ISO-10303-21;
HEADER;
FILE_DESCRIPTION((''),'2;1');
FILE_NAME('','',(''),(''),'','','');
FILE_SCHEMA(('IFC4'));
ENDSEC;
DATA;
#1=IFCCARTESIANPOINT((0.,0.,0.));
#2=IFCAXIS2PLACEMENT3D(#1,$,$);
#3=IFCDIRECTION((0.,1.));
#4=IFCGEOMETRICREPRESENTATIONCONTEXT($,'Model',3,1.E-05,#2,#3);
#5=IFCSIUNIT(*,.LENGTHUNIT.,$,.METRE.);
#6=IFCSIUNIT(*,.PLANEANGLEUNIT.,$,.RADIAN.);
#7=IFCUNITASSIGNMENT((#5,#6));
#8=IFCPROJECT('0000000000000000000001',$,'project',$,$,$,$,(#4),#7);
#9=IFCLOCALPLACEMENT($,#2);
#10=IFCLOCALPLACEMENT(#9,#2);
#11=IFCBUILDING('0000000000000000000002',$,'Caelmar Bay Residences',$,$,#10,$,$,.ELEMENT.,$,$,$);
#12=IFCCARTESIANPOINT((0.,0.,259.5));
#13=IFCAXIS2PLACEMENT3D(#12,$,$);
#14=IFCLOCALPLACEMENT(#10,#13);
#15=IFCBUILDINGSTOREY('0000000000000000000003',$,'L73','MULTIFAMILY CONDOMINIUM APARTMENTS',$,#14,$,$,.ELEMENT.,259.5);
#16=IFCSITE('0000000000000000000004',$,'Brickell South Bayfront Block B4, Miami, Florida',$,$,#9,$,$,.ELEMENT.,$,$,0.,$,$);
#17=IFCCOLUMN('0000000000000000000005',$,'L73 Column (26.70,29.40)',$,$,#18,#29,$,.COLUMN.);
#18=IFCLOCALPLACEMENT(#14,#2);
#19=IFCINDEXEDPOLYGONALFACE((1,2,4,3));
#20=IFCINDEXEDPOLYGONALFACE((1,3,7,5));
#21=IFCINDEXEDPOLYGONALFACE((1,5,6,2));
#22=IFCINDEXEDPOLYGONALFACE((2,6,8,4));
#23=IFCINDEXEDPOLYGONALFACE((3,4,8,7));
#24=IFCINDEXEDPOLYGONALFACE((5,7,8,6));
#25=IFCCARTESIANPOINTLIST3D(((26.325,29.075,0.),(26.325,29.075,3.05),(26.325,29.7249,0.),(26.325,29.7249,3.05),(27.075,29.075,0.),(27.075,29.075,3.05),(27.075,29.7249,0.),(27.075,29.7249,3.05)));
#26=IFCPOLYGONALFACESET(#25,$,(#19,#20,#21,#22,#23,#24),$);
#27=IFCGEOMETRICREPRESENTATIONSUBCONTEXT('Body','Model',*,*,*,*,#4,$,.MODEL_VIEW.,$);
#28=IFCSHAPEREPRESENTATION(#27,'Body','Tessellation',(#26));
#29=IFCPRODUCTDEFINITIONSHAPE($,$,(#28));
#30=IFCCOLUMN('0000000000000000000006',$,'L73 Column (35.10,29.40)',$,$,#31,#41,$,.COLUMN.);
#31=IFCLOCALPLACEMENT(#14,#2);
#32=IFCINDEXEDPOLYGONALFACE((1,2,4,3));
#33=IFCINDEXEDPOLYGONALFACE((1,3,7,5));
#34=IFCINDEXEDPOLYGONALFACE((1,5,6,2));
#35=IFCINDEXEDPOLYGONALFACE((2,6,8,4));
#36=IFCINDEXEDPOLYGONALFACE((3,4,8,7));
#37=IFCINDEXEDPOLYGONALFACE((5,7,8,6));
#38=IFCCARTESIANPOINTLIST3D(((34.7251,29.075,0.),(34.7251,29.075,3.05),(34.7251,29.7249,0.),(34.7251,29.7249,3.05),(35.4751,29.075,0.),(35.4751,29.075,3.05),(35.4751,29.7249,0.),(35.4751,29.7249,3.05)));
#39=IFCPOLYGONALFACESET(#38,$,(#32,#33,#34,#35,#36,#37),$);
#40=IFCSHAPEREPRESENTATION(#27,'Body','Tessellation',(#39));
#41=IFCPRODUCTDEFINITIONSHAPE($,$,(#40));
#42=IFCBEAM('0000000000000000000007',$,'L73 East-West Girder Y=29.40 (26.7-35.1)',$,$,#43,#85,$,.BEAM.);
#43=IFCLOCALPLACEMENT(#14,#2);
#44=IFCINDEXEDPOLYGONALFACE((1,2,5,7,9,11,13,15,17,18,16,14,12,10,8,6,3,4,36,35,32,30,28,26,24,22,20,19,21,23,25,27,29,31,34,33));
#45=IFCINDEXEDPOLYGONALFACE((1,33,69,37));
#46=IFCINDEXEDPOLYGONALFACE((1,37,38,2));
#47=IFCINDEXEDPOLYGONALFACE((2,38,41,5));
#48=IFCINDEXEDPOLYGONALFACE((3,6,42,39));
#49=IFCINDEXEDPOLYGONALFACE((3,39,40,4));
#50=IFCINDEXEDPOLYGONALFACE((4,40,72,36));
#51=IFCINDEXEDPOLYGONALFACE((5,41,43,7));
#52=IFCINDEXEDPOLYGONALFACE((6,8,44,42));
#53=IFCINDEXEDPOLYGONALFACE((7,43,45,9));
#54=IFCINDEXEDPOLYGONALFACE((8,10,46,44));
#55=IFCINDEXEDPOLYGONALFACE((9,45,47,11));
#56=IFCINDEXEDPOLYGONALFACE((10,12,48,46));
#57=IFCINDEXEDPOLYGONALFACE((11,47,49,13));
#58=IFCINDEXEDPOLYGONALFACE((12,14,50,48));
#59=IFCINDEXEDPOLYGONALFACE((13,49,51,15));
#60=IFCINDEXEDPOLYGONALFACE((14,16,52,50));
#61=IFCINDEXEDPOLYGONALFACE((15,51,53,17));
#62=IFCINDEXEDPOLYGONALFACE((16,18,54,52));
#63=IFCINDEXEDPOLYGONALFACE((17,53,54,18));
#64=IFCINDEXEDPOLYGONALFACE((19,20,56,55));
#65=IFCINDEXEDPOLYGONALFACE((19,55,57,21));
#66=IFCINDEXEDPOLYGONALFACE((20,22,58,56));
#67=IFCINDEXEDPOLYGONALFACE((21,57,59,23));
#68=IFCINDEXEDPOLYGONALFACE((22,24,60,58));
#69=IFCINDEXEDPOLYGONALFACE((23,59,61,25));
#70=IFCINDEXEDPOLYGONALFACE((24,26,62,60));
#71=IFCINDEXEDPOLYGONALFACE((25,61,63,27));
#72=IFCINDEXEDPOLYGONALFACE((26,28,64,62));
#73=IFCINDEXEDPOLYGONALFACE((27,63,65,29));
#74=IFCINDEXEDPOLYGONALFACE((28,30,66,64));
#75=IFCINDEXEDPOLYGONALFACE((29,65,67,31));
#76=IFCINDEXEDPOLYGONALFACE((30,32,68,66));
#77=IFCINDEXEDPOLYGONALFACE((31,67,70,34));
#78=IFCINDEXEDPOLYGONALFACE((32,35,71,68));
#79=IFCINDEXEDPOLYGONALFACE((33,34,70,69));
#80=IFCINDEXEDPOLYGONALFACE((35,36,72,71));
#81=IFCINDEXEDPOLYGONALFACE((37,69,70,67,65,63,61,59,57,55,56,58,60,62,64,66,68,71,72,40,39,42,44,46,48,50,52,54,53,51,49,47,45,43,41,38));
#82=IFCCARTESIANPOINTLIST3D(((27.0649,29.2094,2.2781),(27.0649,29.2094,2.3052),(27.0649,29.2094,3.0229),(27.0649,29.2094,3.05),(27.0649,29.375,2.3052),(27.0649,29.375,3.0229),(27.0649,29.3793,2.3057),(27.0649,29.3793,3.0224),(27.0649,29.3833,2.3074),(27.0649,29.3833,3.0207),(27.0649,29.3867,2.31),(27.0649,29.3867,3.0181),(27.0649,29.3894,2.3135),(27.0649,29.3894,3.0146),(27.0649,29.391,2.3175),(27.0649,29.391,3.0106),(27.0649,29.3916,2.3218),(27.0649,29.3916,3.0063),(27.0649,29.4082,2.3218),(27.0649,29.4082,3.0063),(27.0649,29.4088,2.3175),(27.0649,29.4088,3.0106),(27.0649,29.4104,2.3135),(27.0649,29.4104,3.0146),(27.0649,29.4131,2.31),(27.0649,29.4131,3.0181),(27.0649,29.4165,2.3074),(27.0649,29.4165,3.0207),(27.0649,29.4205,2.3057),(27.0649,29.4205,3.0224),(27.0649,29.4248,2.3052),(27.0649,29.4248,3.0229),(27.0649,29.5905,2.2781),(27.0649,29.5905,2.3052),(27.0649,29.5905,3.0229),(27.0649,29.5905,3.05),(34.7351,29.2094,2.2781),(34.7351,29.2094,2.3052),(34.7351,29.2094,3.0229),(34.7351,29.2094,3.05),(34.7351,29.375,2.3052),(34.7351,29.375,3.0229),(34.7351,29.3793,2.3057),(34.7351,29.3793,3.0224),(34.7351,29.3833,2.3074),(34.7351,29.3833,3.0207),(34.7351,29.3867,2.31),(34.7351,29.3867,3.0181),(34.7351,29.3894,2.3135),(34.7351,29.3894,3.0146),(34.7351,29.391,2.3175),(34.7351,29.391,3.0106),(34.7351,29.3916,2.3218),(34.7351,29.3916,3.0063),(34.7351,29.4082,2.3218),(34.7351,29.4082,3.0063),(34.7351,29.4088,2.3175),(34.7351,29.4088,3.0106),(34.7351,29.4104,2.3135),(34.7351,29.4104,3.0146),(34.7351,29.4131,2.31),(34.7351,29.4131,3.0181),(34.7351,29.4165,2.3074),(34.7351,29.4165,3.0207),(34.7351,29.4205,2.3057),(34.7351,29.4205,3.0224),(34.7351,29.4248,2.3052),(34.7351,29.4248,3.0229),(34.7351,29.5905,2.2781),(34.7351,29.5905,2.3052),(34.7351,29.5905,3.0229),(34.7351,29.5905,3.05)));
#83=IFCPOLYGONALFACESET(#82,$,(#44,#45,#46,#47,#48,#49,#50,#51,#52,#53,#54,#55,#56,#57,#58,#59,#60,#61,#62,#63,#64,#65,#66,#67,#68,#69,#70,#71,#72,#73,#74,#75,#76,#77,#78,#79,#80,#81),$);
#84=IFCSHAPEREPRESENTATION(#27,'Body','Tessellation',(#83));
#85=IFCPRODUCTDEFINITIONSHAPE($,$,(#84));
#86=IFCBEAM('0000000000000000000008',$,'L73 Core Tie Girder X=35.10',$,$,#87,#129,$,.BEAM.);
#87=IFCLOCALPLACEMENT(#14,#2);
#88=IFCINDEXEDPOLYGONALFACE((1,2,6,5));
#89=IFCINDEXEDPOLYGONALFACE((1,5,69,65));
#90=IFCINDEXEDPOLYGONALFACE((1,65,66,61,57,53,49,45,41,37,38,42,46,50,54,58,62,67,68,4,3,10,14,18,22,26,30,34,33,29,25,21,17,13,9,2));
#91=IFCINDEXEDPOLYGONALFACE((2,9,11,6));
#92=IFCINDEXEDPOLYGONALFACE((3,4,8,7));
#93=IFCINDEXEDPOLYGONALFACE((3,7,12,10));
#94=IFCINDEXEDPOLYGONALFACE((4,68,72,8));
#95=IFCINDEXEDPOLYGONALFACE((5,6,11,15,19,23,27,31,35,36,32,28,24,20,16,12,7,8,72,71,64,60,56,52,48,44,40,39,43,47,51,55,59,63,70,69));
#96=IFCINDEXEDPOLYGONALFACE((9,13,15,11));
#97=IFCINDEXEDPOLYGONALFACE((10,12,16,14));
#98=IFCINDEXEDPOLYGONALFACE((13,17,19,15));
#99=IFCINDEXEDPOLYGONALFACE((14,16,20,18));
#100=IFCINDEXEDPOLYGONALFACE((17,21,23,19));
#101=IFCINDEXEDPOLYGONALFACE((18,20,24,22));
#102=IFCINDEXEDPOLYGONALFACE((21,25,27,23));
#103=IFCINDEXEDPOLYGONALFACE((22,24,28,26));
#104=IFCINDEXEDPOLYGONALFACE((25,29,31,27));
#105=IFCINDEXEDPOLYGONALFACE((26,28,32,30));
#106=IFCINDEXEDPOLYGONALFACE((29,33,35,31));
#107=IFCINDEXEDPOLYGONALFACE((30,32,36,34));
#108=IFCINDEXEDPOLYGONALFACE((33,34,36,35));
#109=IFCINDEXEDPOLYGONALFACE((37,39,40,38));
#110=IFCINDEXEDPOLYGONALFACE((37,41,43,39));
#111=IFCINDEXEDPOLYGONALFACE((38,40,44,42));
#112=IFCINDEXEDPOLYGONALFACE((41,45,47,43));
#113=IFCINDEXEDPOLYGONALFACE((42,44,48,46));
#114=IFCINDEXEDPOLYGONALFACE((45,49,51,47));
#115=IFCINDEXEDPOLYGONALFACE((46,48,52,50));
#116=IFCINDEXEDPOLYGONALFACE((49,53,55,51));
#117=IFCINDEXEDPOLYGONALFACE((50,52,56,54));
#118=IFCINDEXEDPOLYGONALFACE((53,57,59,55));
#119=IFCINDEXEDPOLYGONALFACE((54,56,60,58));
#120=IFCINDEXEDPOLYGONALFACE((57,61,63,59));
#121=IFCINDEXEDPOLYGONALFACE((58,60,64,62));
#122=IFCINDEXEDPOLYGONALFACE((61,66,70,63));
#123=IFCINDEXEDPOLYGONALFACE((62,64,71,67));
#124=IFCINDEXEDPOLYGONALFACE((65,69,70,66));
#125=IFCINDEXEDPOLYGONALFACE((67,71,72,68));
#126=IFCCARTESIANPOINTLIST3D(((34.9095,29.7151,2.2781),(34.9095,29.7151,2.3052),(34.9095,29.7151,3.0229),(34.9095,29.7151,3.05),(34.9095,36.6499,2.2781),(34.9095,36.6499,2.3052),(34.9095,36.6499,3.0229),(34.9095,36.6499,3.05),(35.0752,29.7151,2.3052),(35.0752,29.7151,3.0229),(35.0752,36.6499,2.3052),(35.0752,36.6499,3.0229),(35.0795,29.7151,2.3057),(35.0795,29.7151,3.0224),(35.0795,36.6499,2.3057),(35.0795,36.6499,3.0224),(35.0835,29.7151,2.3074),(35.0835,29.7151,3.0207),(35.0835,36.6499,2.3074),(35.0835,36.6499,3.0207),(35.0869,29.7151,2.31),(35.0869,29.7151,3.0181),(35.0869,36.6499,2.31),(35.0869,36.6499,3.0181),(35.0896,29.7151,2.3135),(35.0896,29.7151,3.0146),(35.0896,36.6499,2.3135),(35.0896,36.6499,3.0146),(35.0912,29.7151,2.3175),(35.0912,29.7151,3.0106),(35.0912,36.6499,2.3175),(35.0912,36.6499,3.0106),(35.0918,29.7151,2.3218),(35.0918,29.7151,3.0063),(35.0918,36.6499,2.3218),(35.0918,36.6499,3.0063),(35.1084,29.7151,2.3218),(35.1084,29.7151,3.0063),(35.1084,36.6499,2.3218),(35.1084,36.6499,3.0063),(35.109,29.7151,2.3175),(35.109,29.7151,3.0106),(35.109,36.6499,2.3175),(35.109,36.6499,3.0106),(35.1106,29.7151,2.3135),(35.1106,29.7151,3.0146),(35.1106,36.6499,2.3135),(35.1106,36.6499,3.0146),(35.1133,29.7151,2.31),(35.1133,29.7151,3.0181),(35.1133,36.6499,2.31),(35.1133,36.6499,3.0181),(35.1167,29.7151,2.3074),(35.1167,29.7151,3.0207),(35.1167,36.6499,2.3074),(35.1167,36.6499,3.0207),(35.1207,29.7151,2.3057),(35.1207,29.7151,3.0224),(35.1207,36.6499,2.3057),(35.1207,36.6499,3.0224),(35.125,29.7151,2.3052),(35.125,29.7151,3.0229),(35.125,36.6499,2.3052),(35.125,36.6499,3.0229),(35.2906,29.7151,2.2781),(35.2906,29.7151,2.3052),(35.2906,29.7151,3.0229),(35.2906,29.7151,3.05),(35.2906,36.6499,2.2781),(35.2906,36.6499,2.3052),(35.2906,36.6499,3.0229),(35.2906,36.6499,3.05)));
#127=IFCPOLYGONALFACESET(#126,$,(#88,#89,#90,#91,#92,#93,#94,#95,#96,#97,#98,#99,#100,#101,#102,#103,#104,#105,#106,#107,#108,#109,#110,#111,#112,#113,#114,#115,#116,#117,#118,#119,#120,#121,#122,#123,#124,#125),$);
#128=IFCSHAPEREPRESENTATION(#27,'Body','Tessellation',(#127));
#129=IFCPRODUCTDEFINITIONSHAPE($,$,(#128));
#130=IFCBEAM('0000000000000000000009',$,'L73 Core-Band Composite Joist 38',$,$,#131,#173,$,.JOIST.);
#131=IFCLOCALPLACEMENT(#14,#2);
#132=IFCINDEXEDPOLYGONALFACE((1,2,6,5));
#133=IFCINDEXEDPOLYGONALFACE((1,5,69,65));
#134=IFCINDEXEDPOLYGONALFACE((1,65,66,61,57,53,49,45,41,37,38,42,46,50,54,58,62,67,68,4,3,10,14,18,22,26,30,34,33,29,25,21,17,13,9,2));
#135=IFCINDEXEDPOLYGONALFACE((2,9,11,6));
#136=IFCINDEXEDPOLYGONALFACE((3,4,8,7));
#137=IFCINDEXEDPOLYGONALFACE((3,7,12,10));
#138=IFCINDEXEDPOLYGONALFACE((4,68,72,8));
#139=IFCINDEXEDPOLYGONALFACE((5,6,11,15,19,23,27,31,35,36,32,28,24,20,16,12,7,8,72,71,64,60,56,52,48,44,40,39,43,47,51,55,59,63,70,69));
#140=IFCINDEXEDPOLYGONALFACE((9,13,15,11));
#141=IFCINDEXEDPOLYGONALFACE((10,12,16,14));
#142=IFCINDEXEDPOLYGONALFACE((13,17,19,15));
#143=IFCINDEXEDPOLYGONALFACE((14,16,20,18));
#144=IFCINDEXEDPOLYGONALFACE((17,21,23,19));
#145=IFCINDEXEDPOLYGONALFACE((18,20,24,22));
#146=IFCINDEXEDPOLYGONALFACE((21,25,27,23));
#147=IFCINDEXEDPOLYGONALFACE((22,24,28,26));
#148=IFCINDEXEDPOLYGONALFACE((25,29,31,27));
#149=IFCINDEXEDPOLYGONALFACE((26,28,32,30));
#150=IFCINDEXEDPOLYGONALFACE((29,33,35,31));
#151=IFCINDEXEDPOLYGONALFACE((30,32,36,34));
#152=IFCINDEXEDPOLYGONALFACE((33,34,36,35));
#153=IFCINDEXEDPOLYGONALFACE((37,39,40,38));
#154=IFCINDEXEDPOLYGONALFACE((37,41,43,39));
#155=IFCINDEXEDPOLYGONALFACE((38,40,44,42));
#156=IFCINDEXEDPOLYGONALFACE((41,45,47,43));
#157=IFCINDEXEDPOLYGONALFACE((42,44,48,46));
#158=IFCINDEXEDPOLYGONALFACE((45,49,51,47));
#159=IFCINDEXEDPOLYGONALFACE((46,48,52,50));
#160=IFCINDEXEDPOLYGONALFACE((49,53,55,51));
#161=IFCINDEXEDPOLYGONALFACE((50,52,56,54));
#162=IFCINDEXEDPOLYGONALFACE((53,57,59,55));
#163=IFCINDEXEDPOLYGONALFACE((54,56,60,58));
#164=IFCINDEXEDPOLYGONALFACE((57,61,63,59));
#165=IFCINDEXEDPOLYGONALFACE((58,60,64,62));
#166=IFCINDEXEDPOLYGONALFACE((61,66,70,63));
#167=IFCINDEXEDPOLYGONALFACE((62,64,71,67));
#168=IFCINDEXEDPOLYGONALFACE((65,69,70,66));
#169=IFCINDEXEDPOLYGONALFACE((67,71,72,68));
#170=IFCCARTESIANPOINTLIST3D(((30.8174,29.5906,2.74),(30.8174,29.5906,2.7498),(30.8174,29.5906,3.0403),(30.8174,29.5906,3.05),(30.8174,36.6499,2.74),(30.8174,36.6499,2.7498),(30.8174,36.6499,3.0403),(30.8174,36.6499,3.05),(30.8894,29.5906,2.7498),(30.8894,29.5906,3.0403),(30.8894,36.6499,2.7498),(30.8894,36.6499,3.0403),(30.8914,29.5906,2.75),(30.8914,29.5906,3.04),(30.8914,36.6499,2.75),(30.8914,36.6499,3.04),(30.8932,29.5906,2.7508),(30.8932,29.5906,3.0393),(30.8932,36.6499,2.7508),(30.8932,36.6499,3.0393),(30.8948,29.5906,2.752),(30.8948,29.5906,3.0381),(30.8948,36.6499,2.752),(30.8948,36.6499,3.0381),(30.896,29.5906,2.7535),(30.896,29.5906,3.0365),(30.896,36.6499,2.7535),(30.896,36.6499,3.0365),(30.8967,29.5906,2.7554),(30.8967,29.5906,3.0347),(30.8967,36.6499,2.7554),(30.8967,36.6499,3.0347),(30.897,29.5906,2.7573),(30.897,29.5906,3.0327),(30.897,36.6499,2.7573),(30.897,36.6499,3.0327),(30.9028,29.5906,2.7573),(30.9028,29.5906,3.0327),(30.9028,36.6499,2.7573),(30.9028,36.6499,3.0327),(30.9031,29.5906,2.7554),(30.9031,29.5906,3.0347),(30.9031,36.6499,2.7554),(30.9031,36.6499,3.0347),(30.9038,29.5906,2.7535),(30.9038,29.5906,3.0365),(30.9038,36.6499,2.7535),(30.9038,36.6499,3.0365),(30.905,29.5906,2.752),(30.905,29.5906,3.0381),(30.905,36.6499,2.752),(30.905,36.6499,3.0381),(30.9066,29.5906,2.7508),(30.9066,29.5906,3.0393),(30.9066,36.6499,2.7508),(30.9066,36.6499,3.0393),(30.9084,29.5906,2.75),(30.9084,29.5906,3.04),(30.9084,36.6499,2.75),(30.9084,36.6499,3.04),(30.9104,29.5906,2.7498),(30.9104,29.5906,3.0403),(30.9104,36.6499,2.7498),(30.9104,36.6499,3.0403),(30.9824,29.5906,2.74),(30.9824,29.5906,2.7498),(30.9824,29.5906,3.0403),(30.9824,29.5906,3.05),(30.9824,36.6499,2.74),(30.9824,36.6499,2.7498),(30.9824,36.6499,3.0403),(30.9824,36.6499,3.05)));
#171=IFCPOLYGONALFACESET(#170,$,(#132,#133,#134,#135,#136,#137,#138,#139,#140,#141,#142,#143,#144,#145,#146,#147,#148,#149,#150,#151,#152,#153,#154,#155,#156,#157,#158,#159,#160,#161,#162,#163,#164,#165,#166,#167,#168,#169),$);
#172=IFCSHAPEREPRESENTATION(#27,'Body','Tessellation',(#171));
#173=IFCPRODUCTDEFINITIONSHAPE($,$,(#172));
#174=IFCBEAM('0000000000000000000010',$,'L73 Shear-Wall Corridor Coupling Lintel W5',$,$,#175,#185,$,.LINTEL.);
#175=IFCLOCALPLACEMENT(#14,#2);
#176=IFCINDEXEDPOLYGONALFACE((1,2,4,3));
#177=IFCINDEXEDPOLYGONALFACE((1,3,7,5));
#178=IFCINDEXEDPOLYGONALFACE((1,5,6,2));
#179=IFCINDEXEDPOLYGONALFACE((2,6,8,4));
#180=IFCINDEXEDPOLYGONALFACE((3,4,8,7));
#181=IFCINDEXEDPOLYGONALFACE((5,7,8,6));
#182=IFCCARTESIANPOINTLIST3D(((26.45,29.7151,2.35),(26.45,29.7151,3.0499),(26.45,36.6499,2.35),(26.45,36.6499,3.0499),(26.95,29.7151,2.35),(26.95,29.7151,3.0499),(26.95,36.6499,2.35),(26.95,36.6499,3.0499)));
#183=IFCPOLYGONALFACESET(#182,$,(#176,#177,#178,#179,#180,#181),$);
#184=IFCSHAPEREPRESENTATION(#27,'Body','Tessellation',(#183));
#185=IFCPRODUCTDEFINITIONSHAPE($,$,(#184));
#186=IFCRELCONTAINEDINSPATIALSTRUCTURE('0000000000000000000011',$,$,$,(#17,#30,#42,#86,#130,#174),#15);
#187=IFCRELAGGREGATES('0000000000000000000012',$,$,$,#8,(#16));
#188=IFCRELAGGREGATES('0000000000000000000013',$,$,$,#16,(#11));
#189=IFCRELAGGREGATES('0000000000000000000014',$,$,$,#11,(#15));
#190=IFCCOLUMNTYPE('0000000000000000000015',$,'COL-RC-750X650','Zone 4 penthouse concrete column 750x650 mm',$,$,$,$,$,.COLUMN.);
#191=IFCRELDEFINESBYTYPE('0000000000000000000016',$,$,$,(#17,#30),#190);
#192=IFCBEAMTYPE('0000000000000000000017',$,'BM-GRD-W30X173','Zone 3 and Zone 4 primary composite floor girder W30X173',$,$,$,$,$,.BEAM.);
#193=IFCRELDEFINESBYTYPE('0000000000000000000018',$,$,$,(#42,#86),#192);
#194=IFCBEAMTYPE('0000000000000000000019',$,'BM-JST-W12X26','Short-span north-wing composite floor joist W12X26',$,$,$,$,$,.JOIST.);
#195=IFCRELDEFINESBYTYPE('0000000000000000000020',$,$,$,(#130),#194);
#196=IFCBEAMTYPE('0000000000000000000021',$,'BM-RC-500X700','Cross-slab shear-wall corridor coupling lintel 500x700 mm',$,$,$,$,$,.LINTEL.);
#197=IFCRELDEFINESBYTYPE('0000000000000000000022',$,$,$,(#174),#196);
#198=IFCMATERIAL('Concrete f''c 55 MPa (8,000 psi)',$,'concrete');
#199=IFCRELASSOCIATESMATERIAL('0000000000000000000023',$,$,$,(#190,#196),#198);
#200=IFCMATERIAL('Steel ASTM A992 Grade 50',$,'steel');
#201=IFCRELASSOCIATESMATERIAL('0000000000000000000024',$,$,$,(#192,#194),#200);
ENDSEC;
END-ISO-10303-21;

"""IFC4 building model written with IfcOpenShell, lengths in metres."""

from ifc_helpers import new_model, si_unit, direction, frame, origin, origin_2d, place, context, subcontext, project, spatial, rectangle, i_section, extrude, material, material_profile, profile_set, type_object, element, save


model = new_model("IFC4")

# Units and contexts
model_context = context("Model", 3, precision=1e-05, world=origin(), true_north=direction((0.0, 1.0)))
body_context = subcontext(model_context, "Body", "Model", "MODEL_VIEW")
ifc_project = project(units=[si_unit("LENGTHUNIT", "METRE"), si_unit("PLANEANGLEUNIT", "RADIAN")], contexts=[model_context])

# Site, building, storey
site_placement = place(None, origin())
site = spatial("IfcSite", under=ifc_project, at=site_placement, Name="Brickell South Bayfront Block B4, Miami, Florida", CompositionType="ELEMENT", RefElevation=0.0)
building_placement = place(site_placement, origin())
building = spatial("IfcBuilding", under=site, at=building_placement, Name="Caelmar Bay Residences", CompositionType="ELEMENT")
storey_placement = place(building_placement, frame((0.0, 0.0, 259.5)))
storey = spatial("IfcBuildingStorey", under=building, at=storey_placement, Name="L73", Description="MULTIFAMILY CONDOMINIUM APARTMENTS", CompositionType="ELEMENT", Elevation=259.5)

# Columns
ifc_material_1 = material(Name="Concrete f'c 55 MPa (8,000 psi)", Category="concrete")
ifc_material_profile_1 = material_profile(ifc_material_1, rectangle(XDim=0.75, YDim=0.6499, at=origin_2d()), Name="RC-COL-750X650")
ifc_profile_set_1 = profile_set([ifc_material_profile_1], Name="Concrete f'c 55 MPa (8,000 psi)")
column_type = type_object("IfcColumnType", Name="COL-RC-750X650", Description="Zone 4 penthouse concrete column 750x650 mm", PredefinedType="COLUMN", material=ifc_profile_set_1)
for number, where, z_axis, x_axis, name in (
    (1, (26.7, 29.3999, 0.0), (0.0, 0.0, 1.0), (1.0, 0.0, 0.0), "L73 Column (26.70,29.40)"),
    (2, (35.1001, 29.3999, 0.0), (0.0, 0.0, 1.0), (1.0, 0.0, 0.0), "L73 Column (35.10,29.40)"),
):
    element("IfcColumn", number, at=place(storey_placement, frame(where, z_axis=z_axis, x_axis=x_axis)), inside=storey, type_object=column_type, Name=name, PredefinedType="COLUMN", context=body_context, shape_type="SweptSolid", body=[
        extrude(rectangle(XDim=0.75, YDim=0.6499, at=origin_2d()), origin(), (0.0, 0.0, 1.0), 3.05),
    ])

# Beams
ifc_material_2 = material(Name="Steel ASTM A992 Grade 50", Category="steel")
ifc_material_profile_2 = material_profile(ifc_material_2, i_section(OverallWidth=0.3811, OverallDepth=0.772, WebThickness=0.0166, FlangeThickness=0.0271, FilletRadius=0.0166, at=origin_2d()), Name="W30X173")
ifc_profile_set_2 = profile_set([ifc_material_profile_2], Name="Steel ASTM A992 Grade 50")
beam_type_1 = type_object("IfcBeamType", Name="BM-GRD-W30X173", Description="Zone 3 and Zone 4 primary composite floor girder W30X173", PredefinedType="BEAM", material=ifc_profile_set_2)
beam_1_placement = place(storey_placement, frame((27.0649, 29.3999, 2.6641), z_axis=(1.0, 0.0, 0.0), x_axis=(0.0, 1.0, 0.0)))
element("IfcBeam", 3, at=beam_1_placement, inside=storey, type_object=beam_type_1, Name="L73 East-West Girder Y=29.40 (26.7-35.1)", PredefinedType="BEAM", context=body_context, shape_type="SweptSolid", body=[
    extrude(i_section(OverallWidth=0.3811, OverallDepth=0.772, WebThickness=0.0166, FlangeThickness=0.0271, FilletRadius=0.0166, at=origin_2d()), origin(), (0.0, 0.0, 1.0), 7.6702),
])
beam_2_placement = place(storey_placement, frame((35.1001, 29.7151, 2.6641), z_axis=(0.0, 1.0, 0.0), x_axis=(-1.0, 0.0, 0.0)))
element("IfcBeam", 4, at=beam_2_placement, inside=storey, type_object=beam_type_1, Name="L73 Core Tie Girder X=35.10", PredefinedType="BEAM", context=body_context, shape_type="SweptSolid", body=[
    extrude(i_section(OverallWidth=0.3811, OverallDepth=0.772, WebThickness=0.0166, FlangeThickness=0.0271, FilletRadius=0.0166, at=origin_2d()), origin(), (0.0, 0.0, 1.0), 6.9348),
])
ifc_material_profile_3 = material_profile(ifc_material_2, i_section(OverallWidth=0.165, OverallDepth=0.3101, WebThickness=0.0059, FlangeThickness=0.0098, FilletRadius=0.0076, at=origin_2d()), Name="W12X26")
ifc_profile_set_3 = profile_set([ifc_material_profile_3], Name="Steel ASTM A992 Grade 50")
beam_type_2 = type_object("IfcBeamType", Name="BM-JST-W12X26", Description="Short-span north-wing composite floor joist W12X26", PredefinedType="JOIST", material=ifc_profile_set_3)
beam_3_placement = place(storey_placement, frame((30.8999, 29.5906, 2.895), z_axis=(0.0, 1.0, 0.0), x_axis=(-1.0, 0.0, 0.0)))
element("IfcBeam", 5, at=beam_3_placement, inside=storey, type_object=beam_type_2, Name="L73 Core-Band Composite Joist 38", PredefinedType="JOIST", context=body_context, shape_type="SweptSolid", body=[
    extrude(i_section(OverallWidth=0.165, OverallDepth=0.3101, WebThickness=0.0059, FlangeThickness=0.0098, FilletRadius=0.0076, at=origin_2d()), origin(), (0.0, 0.0, 1.0), 7.0593),
])
ifc_material_profile_4 = material_profile(ifc_material_1, rectangle(XDim=0.5, YDim=0.7, at=origin_2d()), Name="RC-BM-500X700")
ifc_profile_set_4 = profile_set([ifc_material_profile_4], Name="Concrete f'c 55 MPa (8,000 psi)")
beam_type_3 = type_object("IfcBeamType", Name="BM-RC-500X700", Description="Cross-slab shear-wall corridor coupling lintel 500x700 mm", PredefinedType="LINTEL", material=ifc_profile_set_4)
beam_4_placement = place(storey_placement, frame((26.7, 29.7151, 2.7), z_axis=(0.0, 1.0, 0.0), x_axis=(-1.0, 0.0, 0.0)))
element("IfcBeam", 6, at=beam_4_placement, inside=storey, type_object=beam_type_3, Name="L73 Shear-Wall Corridor Coupling Lintel W5", PredefinedType="LINTEL", context=body_context, shape_type="SweptSolid", body=[
    extrude(rectangle(XDim=0.5, YDim=0.7, at=origin_2d()), origin(), (0.0, 0.0, 1.0), 6.9348),
])

save(model, "model.ifc")
